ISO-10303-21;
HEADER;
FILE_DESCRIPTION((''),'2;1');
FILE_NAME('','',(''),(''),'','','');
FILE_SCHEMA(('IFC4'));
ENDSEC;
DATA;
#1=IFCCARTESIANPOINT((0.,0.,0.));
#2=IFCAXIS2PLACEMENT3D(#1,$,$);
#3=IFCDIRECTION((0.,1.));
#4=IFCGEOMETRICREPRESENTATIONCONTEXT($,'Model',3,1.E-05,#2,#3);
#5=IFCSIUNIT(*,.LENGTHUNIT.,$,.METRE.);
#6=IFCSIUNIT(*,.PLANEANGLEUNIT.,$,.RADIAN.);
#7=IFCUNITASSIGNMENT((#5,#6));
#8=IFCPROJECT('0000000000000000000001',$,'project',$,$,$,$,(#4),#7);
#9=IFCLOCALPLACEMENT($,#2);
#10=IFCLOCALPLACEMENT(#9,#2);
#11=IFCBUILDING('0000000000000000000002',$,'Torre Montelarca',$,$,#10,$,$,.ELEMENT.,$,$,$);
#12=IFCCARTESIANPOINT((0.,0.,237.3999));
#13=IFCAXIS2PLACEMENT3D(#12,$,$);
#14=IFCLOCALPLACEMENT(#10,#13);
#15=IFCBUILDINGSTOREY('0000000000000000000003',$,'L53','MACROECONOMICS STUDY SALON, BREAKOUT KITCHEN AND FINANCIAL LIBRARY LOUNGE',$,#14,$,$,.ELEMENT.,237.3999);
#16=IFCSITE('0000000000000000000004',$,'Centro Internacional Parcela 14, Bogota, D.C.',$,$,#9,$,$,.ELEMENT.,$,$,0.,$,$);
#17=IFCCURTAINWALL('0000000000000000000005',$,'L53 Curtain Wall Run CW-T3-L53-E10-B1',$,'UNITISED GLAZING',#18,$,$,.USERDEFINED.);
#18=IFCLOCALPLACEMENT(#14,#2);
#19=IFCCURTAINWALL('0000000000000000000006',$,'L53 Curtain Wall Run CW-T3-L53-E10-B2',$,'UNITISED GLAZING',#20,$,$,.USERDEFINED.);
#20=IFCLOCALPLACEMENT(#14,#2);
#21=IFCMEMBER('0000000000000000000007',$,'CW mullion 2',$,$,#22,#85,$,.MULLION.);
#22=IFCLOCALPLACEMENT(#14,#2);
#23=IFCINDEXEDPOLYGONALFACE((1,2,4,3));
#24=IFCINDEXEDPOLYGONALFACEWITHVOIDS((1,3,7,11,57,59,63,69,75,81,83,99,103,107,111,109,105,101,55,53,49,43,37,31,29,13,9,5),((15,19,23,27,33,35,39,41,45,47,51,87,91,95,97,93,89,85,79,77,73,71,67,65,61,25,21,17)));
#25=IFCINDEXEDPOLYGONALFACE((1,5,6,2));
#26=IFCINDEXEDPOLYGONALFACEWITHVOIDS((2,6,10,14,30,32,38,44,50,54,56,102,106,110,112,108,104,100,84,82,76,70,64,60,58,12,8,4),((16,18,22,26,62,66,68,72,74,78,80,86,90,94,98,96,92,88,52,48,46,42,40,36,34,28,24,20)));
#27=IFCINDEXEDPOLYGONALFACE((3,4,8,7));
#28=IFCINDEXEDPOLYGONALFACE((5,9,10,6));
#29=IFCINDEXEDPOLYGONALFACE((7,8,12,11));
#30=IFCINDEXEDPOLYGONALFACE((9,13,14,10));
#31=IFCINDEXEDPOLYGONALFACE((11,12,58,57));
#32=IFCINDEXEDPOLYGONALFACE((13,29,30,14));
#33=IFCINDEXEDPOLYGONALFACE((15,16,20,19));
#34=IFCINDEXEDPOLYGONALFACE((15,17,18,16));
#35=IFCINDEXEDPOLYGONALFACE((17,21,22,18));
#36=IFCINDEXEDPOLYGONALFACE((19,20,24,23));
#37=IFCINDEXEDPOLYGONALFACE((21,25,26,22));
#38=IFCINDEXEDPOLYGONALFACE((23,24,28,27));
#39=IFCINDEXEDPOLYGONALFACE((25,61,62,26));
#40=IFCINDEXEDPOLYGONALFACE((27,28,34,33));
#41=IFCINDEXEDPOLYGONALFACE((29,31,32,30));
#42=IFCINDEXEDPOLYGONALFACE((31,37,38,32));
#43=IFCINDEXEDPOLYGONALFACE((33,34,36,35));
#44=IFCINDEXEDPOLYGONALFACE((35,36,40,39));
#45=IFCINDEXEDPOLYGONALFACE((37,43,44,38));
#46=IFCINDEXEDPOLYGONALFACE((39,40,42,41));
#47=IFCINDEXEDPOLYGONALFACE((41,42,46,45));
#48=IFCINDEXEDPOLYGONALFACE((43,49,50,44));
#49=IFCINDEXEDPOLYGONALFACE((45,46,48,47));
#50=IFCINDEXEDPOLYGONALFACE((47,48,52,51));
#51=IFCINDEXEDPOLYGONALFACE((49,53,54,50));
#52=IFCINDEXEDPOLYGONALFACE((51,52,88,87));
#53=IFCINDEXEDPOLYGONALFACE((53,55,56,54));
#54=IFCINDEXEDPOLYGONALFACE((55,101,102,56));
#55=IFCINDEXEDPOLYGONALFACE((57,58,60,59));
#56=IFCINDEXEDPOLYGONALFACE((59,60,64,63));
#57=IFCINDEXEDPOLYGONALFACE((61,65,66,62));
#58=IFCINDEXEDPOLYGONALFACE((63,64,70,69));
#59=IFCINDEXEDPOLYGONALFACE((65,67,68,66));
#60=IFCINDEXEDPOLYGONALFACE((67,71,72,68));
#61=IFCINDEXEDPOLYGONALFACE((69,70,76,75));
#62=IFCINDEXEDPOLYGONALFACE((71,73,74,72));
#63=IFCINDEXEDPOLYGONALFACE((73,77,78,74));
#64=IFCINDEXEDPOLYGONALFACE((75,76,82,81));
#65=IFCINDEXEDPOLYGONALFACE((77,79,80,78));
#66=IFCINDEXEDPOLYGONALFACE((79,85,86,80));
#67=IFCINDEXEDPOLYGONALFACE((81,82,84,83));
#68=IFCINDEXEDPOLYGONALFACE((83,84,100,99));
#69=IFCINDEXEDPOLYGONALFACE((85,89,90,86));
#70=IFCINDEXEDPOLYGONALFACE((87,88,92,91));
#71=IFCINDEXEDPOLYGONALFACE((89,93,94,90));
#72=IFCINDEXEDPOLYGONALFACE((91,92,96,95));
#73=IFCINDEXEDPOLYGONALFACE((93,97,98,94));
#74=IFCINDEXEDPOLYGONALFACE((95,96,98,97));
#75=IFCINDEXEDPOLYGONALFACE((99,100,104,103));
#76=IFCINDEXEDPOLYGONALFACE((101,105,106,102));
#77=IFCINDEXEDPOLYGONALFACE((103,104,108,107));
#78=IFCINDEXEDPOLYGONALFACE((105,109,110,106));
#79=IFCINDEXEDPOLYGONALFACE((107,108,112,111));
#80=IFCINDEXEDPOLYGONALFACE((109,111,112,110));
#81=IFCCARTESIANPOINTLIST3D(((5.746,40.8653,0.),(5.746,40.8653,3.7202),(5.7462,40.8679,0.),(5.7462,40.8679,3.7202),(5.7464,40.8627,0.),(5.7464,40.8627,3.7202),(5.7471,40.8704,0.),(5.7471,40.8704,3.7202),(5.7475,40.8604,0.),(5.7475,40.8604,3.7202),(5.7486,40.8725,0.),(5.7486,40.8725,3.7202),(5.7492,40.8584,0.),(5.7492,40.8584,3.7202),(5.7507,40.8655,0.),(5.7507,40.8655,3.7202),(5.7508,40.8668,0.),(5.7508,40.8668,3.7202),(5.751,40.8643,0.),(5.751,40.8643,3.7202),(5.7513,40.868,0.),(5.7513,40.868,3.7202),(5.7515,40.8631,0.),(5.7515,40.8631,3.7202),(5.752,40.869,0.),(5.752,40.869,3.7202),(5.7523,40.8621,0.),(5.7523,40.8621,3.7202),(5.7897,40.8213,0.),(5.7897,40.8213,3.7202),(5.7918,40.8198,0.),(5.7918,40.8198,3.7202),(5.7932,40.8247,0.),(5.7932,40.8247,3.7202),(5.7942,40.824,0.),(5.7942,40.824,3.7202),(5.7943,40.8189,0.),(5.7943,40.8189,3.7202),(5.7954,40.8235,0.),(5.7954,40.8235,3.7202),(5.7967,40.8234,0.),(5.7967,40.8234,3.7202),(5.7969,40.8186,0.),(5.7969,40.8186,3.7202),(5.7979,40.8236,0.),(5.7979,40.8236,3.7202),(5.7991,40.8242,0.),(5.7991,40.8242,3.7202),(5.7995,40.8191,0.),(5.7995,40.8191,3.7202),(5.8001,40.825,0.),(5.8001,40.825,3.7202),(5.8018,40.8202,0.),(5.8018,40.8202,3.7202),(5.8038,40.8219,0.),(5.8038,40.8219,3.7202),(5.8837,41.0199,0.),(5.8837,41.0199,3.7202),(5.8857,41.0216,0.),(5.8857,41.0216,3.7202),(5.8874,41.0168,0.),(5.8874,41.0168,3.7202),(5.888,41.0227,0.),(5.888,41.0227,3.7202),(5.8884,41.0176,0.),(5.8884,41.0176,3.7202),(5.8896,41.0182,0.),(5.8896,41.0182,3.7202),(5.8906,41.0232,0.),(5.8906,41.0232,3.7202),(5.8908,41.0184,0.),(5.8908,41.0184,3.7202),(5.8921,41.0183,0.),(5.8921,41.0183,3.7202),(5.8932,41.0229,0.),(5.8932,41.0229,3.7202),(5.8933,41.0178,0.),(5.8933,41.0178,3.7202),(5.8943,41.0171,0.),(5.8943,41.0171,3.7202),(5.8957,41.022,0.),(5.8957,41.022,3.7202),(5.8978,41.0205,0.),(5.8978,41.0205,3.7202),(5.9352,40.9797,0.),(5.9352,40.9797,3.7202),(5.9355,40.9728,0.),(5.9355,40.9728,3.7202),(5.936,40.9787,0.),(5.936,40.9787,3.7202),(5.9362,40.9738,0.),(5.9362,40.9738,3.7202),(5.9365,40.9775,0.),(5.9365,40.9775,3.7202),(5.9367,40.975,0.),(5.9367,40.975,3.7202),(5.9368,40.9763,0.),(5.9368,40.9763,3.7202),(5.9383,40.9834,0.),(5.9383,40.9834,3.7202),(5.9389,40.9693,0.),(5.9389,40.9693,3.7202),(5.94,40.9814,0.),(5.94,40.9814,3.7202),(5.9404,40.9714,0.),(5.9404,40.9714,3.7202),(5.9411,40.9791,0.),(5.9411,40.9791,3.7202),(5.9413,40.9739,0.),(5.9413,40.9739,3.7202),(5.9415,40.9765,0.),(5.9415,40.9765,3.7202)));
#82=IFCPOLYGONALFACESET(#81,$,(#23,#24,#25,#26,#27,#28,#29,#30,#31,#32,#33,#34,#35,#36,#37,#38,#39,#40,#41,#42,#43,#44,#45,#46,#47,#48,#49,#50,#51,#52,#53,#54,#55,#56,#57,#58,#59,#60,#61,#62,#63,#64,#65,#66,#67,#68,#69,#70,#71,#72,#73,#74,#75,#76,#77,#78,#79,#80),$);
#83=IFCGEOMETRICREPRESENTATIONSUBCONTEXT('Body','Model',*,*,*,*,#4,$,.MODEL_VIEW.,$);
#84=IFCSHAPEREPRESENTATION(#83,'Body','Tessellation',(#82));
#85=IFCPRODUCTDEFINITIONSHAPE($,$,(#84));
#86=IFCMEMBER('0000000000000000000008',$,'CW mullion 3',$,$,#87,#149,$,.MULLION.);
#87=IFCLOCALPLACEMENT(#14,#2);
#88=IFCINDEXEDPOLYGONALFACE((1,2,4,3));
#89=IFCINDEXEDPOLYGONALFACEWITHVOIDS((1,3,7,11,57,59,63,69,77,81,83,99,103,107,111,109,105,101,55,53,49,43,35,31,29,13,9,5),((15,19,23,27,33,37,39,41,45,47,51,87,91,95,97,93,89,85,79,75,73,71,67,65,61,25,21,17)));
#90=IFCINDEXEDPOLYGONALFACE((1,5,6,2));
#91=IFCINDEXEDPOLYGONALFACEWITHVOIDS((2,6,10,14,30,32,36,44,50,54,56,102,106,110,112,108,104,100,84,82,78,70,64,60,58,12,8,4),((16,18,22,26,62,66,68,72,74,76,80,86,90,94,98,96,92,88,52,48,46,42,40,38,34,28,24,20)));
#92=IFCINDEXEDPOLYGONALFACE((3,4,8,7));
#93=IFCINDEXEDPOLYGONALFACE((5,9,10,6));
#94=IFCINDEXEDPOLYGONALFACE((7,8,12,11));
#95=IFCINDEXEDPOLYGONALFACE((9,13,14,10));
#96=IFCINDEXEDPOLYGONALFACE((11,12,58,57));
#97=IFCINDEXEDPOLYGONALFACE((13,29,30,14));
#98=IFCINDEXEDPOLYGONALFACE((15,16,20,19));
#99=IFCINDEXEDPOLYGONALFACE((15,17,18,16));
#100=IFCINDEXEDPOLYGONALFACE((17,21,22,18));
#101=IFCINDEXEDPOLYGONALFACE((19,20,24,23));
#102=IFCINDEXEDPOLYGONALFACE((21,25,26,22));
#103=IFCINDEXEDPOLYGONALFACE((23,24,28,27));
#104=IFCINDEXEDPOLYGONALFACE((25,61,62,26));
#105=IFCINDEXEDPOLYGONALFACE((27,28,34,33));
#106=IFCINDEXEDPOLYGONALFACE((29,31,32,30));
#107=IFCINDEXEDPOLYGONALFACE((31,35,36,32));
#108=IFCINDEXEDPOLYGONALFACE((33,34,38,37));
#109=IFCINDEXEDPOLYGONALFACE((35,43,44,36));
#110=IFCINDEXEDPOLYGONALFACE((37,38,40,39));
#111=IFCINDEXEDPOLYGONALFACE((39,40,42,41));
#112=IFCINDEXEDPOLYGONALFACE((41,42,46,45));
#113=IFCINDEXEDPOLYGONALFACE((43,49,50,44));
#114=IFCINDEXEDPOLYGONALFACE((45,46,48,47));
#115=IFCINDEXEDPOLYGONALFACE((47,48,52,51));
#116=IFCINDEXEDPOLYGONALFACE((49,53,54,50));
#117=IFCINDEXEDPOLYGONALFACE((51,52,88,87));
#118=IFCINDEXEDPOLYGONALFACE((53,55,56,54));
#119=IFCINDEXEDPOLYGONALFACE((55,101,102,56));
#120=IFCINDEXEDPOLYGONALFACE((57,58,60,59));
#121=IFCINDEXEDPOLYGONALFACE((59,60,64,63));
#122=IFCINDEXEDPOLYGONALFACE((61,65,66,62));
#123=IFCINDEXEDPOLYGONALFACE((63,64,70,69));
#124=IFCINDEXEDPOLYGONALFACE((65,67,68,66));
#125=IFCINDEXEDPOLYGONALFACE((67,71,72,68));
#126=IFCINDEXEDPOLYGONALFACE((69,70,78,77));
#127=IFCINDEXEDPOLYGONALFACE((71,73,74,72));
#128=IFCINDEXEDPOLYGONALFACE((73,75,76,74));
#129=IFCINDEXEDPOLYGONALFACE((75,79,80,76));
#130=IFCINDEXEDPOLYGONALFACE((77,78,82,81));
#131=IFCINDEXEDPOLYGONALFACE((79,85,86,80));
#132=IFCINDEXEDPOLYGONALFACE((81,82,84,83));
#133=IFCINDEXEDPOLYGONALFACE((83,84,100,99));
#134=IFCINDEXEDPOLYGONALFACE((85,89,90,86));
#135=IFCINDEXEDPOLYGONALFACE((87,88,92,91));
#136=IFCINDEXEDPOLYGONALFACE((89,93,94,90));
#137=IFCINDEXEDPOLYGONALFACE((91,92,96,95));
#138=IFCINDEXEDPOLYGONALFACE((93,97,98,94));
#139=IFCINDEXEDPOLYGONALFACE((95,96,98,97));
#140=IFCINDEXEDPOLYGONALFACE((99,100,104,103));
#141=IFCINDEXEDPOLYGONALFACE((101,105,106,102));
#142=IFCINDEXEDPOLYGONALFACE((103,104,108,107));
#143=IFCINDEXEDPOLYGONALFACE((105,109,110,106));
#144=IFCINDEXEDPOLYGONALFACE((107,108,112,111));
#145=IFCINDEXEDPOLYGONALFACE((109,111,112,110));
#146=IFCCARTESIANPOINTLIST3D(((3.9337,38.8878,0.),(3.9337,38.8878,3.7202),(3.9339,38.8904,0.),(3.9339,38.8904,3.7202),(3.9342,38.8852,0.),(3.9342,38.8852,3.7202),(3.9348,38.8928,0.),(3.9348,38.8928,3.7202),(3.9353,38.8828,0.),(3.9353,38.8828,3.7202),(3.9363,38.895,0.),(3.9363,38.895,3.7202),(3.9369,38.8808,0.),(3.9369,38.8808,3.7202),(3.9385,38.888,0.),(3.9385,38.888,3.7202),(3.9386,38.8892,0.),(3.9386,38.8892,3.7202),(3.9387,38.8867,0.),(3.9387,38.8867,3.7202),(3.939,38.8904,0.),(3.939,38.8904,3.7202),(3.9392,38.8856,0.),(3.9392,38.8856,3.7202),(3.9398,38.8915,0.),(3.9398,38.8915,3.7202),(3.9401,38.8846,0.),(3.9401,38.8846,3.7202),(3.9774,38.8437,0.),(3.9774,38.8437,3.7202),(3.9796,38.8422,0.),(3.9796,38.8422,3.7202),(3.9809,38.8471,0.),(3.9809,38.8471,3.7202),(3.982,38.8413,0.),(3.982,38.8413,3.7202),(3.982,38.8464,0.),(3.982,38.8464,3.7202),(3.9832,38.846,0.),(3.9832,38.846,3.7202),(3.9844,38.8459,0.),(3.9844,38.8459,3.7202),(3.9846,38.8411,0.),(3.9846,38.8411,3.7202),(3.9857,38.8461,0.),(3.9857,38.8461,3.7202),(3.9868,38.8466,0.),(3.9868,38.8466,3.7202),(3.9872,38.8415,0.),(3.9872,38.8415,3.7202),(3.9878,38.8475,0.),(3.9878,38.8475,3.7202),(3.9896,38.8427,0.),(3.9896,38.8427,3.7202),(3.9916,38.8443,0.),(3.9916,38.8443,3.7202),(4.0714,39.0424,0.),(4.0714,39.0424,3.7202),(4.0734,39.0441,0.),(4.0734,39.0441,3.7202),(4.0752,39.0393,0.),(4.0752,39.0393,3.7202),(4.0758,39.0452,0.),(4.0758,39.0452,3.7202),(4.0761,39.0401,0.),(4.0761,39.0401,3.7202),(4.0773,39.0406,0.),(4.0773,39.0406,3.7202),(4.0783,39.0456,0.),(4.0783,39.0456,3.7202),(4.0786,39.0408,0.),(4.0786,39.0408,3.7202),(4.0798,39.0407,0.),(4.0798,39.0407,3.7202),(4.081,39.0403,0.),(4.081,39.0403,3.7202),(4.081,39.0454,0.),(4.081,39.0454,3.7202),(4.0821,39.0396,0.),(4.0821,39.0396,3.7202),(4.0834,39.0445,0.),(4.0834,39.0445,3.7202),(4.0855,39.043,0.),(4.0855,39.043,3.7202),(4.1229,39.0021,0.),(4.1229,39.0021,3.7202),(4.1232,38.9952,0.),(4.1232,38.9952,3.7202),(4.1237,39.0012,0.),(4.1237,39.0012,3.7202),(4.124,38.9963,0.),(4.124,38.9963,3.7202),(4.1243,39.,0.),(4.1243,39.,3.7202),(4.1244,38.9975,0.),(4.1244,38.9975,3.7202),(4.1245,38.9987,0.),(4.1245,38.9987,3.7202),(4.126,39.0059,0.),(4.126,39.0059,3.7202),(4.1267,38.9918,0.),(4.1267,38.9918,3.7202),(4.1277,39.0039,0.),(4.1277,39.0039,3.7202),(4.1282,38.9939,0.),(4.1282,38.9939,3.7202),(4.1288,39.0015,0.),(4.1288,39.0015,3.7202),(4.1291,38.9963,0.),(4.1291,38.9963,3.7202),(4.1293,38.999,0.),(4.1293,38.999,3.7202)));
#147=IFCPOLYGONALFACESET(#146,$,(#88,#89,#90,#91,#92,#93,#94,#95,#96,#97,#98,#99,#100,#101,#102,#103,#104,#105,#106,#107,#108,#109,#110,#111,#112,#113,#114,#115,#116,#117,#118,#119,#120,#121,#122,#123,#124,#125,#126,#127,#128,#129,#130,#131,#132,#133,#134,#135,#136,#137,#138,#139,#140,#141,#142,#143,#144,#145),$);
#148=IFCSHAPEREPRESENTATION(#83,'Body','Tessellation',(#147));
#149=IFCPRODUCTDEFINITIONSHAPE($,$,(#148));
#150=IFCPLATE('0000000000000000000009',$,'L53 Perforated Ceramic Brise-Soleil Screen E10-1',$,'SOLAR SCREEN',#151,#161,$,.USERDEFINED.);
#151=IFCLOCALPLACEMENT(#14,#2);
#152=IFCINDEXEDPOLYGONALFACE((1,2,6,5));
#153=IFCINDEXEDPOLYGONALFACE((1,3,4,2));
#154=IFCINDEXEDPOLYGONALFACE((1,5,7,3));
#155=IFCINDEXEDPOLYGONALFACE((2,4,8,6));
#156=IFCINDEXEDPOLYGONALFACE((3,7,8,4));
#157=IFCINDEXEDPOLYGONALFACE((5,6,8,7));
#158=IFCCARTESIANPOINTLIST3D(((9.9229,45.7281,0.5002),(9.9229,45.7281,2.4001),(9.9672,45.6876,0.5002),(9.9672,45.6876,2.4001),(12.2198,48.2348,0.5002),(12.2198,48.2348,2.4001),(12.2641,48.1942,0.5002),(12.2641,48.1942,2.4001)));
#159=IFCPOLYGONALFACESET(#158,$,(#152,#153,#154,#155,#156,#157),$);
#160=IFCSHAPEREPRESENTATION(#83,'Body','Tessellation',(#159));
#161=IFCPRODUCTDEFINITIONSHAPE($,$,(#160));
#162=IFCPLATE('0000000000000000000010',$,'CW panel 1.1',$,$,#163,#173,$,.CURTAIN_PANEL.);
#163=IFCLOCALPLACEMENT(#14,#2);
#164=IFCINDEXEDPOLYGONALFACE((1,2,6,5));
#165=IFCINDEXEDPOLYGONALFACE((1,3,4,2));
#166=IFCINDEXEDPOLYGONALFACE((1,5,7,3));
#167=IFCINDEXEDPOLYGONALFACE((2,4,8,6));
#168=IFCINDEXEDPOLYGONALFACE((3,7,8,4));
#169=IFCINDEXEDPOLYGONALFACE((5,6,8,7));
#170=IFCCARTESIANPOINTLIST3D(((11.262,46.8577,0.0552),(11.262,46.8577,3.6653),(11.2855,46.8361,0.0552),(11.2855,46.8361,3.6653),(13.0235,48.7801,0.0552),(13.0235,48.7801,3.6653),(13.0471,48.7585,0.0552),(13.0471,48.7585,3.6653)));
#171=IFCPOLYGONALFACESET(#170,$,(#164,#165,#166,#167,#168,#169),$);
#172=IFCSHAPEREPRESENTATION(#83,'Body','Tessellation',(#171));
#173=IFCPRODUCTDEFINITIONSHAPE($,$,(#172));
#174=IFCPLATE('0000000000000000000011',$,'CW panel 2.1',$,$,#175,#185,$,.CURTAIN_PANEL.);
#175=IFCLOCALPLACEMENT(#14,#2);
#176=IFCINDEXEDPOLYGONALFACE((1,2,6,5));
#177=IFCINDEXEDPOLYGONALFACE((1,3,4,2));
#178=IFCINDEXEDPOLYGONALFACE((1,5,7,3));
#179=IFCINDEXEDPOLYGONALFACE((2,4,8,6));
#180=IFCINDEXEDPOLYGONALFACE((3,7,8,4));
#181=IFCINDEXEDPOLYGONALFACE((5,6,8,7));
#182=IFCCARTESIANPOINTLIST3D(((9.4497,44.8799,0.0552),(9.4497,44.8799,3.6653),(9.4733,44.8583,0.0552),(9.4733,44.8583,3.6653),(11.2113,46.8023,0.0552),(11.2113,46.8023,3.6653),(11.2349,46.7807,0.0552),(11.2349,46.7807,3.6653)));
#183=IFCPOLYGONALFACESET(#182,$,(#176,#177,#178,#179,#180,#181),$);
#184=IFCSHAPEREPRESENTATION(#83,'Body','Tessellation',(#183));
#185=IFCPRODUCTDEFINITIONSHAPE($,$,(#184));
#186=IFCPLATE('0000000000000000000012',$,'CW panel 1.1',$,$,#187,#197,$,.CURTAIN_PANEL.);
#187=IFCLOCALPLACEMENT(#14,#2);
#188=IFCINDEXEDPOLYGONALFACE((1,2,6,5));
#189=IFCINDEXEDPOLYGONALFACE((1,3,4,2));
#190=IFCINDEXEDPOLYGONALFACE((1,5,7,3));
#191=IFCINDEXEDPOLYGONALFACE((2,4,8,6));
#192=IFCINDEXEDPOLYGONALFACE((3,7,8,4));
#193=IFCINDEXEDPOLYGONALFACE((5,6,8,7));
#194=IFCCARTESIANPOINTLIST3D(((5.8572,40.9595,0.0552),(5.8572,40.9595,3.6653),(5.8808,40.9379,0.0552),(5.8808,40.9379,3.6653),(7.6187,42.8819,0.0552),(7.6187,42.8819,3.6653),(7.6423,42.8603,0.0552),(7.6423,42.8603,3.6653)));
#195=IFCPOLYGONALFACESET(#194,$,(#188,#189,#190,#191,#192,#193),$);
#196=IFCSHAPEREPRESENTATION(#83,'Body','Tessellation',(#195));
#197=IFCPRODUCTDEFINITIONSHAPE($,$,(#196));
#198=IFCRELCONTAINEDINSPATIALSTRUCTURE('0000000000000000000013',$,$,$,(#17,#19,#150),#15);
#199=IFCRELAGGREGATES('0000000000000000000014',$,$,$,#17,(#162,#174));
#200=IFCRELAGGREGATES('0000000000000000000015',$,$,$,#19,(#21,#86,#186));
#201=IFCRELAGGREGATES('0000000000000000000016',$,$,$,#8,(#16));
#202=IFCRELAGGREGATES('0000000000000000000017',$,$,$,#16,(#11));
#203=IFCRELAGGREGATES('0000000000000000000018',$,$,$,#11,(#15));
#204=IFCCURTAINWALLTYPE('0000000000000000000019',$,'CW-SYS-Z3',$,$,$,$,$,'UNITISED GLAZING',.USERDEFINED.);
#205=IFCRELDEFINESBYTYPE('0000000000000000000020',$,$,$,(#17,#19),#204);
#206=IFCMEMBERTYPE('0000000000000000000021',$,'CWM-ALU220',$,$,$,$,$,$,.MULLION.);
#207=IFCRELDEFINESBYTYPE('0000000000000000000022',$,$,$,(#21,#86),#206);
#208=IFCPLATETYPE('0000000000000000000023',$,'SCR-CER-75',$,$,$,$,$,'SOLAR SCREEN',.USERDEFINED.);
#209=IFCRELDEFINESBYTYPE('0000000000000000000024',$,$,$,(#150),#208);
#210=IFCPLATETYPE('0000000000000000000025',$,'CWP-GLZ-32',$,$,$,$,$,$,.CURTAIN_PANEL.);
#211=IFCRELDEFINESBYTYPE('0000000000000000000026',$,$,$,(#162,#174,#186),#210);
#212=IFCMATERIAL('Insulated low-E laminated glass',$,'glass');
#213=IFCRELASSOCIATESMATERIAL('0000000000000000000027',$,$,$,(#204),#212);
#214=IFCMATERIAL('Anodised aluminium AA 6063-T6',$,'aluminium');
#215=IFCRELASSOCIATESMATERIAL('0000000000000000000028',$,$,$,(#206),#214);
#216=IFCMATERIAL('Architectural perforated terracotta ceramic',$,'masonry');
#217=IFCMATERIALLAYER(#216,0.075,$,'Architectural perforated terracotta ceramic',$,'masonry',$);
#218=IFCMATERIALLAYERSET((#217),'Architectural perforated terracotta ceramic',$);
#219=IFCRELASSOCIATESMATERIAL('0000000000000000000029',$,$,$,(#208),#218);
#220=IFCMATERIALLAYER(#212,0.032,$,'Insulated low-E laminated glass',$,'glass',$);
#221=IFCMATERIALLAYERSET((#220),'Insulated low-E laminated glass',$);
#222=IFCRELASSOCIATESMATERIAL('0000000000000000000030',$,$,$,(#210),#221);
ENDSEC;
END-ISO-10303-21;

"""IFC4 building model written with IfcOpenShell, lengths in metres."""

from ifc_helpers import new_model, si_unit, direction, frame, origin, origin_2d, place, context, subcontext, project, spatial, rectangle, hollow_rectangle, extrude, source, transform, mapped, material, layer, layer_set, material_profile, profile_set, type_object, element, aggregate, save


model = new_model("IFC4")

# Units and contexts
model_context = context("Model", 3, precision=1e-05, world=origin(), true_north=direction((0.0, 1.0)))
body_context = subcontext(model_context, "Body", "Model", "MODEL_VIEW")
ifc_project = project(units=[si_unit("LENGTHUNIT", "METRE"), si_unit("PLANEANGLEUNIT", "RADIAN")], contexts=[model_context])

# Site, building, storey
site_placement = place(None, origin())
site = spatial("IfcSite", under=ifc_project, at=site_placement, Name="Centro Internacional Parcela 14, Bogota, D.C.", CompositionType="ELEMENT", RefElevation=0.0)
building_placement = place(site_placement, origin())
building = spatial("IfcBuilding", under=site, at=building_placement, Name="Torre Montelarca", CompositionType="ELEMENT")
storey_placement = place(building_placement, frame((0.0, 0.0, 237.3999)))
storey = spatial("IfcBuildingStorey", under=building, at=storey_placement, Name="L53", Description="MACROECONOMICS STUDY SALON, BREAKOUT KITCHEN AND FINANCIAL LIBRARY LOUNGE", CompositionType="ELEMENT", Elevation=237.3999)

# Curtain walls
ifc_material_1 = material(Name="Insulated low-E laminated glass", Category="glass")
curtain_wall_type = type_object("IfcCurtainWallType", Name="CW-SYS-Z3", ElementType="UNITISED GLAZING", PredefinedType="USERDEFINED", material=ifc_material_1)
curtain_wall_1_placement = place(storey_placement, origin())
curtain_wall_1 = element("IfcCurtainWall", 1, at=curtain_wall_1_placement, inside=storey, type_object=curtain_wall_type, Name="L53 Curtain Wall Run CW-T3-L53-E10-B1", ObjectType="UNITISED GLAZING", PredefinedType="USERDEFINED")
ifc_material_2 = material(Name="Anodised aluminium AA 6063-T6", Category="aluminium")
curtain_wall_2_placement = place(storey_placement, origin())
curtain_wall_2 = element("IfcCurtainWall", 2, at=curtain_wall_2_placement, inside=storey, type_object=curtain_wall_type, Name="L53 Curtain Wall Run CW-T3-L53-E10-B2", ObjectType="UNITISED GLAZING", PredefinedType="USERDEFINED")

# Members
ifc_material_profile_1 = material_profile(ifc_material_2, hollow_rectangle(XDim=0.075, YDim=0.22, WallThickness=0.0049, InnerFilletRadius=0.0049, OuterFilletRadius=0.01, at=origin_2d()), Name="ALU75X220X5", Category="aluminium")
ifc_profile_set_1 = profile_set([ifc_material_profile_1], Name="Anodised aluminium AA 6063-T6")
member_type_1 = type_object("IfcMemberType", Name="CWM-ALU220", PredefinedType="MULLION", material=ifc_profile_set_1)
shared_shape_1 = source(origin(), body_context, "Body", "SweptSolid", [
    extrude(hollow_rectangle(XDim=0.075, YDim=0.22, WallThickness=0.0049, InnerFilletRadius=0.0049, OuterFilletRadius=0.01, at=origin_2d()), origin(), (0.0, 0.0, 1.0), 3.7202),
])
member_1_placement = place(storey_placement, frame((5.8438, 40.9209, 0.0), z_axis=(0.0, 0.0, 1.0), x_axis=(0.737279, -0.675588, 0.0)))
member_1 = element("IfcMember", 3, at=member_1_placement, type_object=member_type_1, Name="CW mullion 2", PredefinedType="MULLION", context=body_context, shape_type="MappedRepresentation", body=[
    mapped(shared_shape_1, transform((0.0, 0.0, 0.0), scale=1.0)),
])
member_2_placement = place(storey_placement, frame((4.0315, 38.9434, 0.0), z_axis=(0.0, 0.0, 1.0), x_axis=(0.737279, -0.675588, 0.0)))
member_2 = element("IfcMember", 4, at=member_2_placement, type_object=member_type_1, Name="CW mullion 3", PredefinedType="MULLION", context=body_context, shape_type="MappedRepresentation", body=[
    mapped(shared_shape_1, transform((0.0, 0.0, 0.0), scale=1.0)),
])

# Plates
ifc_material_3 = material(Name="Architectural perforated terracotta ceramic", Category="masonry")
ifc_layer_1 = layer(ifc_material_3, 0.075, Name="Architectural perforated terracotta ceramic", Category="masonry")
ifc_layer_set_1 = layer_set([ifc_layer_1], Name="Architectural perforated terracotta ceramic")
plate_type_1 = type_object("IfcPlateType", Name="SCR-CER-75", ElementType="SOLAR SCREEN", PredefinedType="USERDEFINED", material=ifc_layer_set_1)
shared_shape_2 = source(origin(), body_context, "Body", "SweptSolid", [
    extrude(rectangle(XDim=3.3999, YDim=0.0601, at=origin_2d()), origin(), (0.0, 0.0, 1.0), 1.8999),
])
plate_1_placement = place(storey_placement, frame((11.0935, 46.9612, 0.5002), z_axis=(0.0, 0.0, 1.0), x_axis=(-0.675589, -0.737279, 0.0)))
element("IfcPlate", 5, at=plate_1_placement, inside=storey, type_object=plate_type_1, Name="L53 Perforated Ceramic Brise-Soleil Screen E10-1", ObjectType="SOLAR SCREEN", PredefinedType="USERDEFINED", context=body_context, shape_type="MappedRepresentation", body=[
    mapped(shared_shape_2, transform((0.0, 0.0, 0.0), scale=1.0)),
])
ifc_layer_2 = layer(ifc_material_1, 0.032, Name="Insulated low-E laminated glass", Category="glass")
ifc_layer_set_2 = layer_set([ifc_layer_2], Name="Insulated low-E laminated glass")
plate_type_2 = type_object("IfcPlateType", Name="CWP-GLZ-32", PredefinedType="CURTAIN_PANEL", material=ifc_layer_set_2)
shared_shape_3 = source(origin(), body_context, "Body", "SweptSolid", [
    extrude(rectangle(XDim=2.6074, YDim=0.032, at=origin_2d()), origin(), (0.0, 0.0, 1.0), 3.6101),
])
plate_2_placement = place(storey_placement, frame((12.1545, 47.8081, 0.0552), z_axis=(0.0, 0.0, 1.0), x_axis=(-0.675597, -0.737271, 0.0)))
plate_2 = element("IfcPlate", 6, at=plate_2_placement, type_object=plate_type_2, Name="CW panel 1.1", PredefinedType="CURTAIN_PANEL", context=body_context, shape_type="MappedRepresentation", body=[
    mapped(shared_shape_3, transform((0.0, 0.0, 0.0), scale=1.0)),
])
plate_3_placement = place(storey_placement, frame((10.3423, 45.8303, 0.0552), z_axis=(0.0, 0.0, 1.0), x_axis=(-0.675597, -0.737271, 0.0)))
plate_3 = element("IfcPlate", 7, at=plate_3_placement, type_object=plate_type_2, Name="CW panel 2.1", PredefinedType="CURTAIN_PANEL", context=body_context, shape_type="MappedRepresentation", body=[
    mapped(shared_shape_3, transform((0.0, 0.0, 0.0), scale=1.0)),
])
aggregate(curtain_wall_1, [plate_2, plate_3])
plate_4_placement = place(storey_placement, frame((6.7498, 41.9099, 0.0552), z_axis=(0.0, 0.0, 1.0), x_axis=(-0.675588, -0.737279, 0.0)))
plate_4 = element("IfcPlate", 8, at=plate_4_placement, type_object=plate_type_2, Name="CW panel 1.1", PredefinedType="CURTAIN_PANEL", context=body_context, shape_type="MappedRepresentation", body=[
    mapped(shared_shape_3, transform((0.0, 0.0, 0.0), scale=1.0)),
])
aggregate(curtain_wall_2, [member_1, member_2, plate_4])

save(model, "model.ifc")
